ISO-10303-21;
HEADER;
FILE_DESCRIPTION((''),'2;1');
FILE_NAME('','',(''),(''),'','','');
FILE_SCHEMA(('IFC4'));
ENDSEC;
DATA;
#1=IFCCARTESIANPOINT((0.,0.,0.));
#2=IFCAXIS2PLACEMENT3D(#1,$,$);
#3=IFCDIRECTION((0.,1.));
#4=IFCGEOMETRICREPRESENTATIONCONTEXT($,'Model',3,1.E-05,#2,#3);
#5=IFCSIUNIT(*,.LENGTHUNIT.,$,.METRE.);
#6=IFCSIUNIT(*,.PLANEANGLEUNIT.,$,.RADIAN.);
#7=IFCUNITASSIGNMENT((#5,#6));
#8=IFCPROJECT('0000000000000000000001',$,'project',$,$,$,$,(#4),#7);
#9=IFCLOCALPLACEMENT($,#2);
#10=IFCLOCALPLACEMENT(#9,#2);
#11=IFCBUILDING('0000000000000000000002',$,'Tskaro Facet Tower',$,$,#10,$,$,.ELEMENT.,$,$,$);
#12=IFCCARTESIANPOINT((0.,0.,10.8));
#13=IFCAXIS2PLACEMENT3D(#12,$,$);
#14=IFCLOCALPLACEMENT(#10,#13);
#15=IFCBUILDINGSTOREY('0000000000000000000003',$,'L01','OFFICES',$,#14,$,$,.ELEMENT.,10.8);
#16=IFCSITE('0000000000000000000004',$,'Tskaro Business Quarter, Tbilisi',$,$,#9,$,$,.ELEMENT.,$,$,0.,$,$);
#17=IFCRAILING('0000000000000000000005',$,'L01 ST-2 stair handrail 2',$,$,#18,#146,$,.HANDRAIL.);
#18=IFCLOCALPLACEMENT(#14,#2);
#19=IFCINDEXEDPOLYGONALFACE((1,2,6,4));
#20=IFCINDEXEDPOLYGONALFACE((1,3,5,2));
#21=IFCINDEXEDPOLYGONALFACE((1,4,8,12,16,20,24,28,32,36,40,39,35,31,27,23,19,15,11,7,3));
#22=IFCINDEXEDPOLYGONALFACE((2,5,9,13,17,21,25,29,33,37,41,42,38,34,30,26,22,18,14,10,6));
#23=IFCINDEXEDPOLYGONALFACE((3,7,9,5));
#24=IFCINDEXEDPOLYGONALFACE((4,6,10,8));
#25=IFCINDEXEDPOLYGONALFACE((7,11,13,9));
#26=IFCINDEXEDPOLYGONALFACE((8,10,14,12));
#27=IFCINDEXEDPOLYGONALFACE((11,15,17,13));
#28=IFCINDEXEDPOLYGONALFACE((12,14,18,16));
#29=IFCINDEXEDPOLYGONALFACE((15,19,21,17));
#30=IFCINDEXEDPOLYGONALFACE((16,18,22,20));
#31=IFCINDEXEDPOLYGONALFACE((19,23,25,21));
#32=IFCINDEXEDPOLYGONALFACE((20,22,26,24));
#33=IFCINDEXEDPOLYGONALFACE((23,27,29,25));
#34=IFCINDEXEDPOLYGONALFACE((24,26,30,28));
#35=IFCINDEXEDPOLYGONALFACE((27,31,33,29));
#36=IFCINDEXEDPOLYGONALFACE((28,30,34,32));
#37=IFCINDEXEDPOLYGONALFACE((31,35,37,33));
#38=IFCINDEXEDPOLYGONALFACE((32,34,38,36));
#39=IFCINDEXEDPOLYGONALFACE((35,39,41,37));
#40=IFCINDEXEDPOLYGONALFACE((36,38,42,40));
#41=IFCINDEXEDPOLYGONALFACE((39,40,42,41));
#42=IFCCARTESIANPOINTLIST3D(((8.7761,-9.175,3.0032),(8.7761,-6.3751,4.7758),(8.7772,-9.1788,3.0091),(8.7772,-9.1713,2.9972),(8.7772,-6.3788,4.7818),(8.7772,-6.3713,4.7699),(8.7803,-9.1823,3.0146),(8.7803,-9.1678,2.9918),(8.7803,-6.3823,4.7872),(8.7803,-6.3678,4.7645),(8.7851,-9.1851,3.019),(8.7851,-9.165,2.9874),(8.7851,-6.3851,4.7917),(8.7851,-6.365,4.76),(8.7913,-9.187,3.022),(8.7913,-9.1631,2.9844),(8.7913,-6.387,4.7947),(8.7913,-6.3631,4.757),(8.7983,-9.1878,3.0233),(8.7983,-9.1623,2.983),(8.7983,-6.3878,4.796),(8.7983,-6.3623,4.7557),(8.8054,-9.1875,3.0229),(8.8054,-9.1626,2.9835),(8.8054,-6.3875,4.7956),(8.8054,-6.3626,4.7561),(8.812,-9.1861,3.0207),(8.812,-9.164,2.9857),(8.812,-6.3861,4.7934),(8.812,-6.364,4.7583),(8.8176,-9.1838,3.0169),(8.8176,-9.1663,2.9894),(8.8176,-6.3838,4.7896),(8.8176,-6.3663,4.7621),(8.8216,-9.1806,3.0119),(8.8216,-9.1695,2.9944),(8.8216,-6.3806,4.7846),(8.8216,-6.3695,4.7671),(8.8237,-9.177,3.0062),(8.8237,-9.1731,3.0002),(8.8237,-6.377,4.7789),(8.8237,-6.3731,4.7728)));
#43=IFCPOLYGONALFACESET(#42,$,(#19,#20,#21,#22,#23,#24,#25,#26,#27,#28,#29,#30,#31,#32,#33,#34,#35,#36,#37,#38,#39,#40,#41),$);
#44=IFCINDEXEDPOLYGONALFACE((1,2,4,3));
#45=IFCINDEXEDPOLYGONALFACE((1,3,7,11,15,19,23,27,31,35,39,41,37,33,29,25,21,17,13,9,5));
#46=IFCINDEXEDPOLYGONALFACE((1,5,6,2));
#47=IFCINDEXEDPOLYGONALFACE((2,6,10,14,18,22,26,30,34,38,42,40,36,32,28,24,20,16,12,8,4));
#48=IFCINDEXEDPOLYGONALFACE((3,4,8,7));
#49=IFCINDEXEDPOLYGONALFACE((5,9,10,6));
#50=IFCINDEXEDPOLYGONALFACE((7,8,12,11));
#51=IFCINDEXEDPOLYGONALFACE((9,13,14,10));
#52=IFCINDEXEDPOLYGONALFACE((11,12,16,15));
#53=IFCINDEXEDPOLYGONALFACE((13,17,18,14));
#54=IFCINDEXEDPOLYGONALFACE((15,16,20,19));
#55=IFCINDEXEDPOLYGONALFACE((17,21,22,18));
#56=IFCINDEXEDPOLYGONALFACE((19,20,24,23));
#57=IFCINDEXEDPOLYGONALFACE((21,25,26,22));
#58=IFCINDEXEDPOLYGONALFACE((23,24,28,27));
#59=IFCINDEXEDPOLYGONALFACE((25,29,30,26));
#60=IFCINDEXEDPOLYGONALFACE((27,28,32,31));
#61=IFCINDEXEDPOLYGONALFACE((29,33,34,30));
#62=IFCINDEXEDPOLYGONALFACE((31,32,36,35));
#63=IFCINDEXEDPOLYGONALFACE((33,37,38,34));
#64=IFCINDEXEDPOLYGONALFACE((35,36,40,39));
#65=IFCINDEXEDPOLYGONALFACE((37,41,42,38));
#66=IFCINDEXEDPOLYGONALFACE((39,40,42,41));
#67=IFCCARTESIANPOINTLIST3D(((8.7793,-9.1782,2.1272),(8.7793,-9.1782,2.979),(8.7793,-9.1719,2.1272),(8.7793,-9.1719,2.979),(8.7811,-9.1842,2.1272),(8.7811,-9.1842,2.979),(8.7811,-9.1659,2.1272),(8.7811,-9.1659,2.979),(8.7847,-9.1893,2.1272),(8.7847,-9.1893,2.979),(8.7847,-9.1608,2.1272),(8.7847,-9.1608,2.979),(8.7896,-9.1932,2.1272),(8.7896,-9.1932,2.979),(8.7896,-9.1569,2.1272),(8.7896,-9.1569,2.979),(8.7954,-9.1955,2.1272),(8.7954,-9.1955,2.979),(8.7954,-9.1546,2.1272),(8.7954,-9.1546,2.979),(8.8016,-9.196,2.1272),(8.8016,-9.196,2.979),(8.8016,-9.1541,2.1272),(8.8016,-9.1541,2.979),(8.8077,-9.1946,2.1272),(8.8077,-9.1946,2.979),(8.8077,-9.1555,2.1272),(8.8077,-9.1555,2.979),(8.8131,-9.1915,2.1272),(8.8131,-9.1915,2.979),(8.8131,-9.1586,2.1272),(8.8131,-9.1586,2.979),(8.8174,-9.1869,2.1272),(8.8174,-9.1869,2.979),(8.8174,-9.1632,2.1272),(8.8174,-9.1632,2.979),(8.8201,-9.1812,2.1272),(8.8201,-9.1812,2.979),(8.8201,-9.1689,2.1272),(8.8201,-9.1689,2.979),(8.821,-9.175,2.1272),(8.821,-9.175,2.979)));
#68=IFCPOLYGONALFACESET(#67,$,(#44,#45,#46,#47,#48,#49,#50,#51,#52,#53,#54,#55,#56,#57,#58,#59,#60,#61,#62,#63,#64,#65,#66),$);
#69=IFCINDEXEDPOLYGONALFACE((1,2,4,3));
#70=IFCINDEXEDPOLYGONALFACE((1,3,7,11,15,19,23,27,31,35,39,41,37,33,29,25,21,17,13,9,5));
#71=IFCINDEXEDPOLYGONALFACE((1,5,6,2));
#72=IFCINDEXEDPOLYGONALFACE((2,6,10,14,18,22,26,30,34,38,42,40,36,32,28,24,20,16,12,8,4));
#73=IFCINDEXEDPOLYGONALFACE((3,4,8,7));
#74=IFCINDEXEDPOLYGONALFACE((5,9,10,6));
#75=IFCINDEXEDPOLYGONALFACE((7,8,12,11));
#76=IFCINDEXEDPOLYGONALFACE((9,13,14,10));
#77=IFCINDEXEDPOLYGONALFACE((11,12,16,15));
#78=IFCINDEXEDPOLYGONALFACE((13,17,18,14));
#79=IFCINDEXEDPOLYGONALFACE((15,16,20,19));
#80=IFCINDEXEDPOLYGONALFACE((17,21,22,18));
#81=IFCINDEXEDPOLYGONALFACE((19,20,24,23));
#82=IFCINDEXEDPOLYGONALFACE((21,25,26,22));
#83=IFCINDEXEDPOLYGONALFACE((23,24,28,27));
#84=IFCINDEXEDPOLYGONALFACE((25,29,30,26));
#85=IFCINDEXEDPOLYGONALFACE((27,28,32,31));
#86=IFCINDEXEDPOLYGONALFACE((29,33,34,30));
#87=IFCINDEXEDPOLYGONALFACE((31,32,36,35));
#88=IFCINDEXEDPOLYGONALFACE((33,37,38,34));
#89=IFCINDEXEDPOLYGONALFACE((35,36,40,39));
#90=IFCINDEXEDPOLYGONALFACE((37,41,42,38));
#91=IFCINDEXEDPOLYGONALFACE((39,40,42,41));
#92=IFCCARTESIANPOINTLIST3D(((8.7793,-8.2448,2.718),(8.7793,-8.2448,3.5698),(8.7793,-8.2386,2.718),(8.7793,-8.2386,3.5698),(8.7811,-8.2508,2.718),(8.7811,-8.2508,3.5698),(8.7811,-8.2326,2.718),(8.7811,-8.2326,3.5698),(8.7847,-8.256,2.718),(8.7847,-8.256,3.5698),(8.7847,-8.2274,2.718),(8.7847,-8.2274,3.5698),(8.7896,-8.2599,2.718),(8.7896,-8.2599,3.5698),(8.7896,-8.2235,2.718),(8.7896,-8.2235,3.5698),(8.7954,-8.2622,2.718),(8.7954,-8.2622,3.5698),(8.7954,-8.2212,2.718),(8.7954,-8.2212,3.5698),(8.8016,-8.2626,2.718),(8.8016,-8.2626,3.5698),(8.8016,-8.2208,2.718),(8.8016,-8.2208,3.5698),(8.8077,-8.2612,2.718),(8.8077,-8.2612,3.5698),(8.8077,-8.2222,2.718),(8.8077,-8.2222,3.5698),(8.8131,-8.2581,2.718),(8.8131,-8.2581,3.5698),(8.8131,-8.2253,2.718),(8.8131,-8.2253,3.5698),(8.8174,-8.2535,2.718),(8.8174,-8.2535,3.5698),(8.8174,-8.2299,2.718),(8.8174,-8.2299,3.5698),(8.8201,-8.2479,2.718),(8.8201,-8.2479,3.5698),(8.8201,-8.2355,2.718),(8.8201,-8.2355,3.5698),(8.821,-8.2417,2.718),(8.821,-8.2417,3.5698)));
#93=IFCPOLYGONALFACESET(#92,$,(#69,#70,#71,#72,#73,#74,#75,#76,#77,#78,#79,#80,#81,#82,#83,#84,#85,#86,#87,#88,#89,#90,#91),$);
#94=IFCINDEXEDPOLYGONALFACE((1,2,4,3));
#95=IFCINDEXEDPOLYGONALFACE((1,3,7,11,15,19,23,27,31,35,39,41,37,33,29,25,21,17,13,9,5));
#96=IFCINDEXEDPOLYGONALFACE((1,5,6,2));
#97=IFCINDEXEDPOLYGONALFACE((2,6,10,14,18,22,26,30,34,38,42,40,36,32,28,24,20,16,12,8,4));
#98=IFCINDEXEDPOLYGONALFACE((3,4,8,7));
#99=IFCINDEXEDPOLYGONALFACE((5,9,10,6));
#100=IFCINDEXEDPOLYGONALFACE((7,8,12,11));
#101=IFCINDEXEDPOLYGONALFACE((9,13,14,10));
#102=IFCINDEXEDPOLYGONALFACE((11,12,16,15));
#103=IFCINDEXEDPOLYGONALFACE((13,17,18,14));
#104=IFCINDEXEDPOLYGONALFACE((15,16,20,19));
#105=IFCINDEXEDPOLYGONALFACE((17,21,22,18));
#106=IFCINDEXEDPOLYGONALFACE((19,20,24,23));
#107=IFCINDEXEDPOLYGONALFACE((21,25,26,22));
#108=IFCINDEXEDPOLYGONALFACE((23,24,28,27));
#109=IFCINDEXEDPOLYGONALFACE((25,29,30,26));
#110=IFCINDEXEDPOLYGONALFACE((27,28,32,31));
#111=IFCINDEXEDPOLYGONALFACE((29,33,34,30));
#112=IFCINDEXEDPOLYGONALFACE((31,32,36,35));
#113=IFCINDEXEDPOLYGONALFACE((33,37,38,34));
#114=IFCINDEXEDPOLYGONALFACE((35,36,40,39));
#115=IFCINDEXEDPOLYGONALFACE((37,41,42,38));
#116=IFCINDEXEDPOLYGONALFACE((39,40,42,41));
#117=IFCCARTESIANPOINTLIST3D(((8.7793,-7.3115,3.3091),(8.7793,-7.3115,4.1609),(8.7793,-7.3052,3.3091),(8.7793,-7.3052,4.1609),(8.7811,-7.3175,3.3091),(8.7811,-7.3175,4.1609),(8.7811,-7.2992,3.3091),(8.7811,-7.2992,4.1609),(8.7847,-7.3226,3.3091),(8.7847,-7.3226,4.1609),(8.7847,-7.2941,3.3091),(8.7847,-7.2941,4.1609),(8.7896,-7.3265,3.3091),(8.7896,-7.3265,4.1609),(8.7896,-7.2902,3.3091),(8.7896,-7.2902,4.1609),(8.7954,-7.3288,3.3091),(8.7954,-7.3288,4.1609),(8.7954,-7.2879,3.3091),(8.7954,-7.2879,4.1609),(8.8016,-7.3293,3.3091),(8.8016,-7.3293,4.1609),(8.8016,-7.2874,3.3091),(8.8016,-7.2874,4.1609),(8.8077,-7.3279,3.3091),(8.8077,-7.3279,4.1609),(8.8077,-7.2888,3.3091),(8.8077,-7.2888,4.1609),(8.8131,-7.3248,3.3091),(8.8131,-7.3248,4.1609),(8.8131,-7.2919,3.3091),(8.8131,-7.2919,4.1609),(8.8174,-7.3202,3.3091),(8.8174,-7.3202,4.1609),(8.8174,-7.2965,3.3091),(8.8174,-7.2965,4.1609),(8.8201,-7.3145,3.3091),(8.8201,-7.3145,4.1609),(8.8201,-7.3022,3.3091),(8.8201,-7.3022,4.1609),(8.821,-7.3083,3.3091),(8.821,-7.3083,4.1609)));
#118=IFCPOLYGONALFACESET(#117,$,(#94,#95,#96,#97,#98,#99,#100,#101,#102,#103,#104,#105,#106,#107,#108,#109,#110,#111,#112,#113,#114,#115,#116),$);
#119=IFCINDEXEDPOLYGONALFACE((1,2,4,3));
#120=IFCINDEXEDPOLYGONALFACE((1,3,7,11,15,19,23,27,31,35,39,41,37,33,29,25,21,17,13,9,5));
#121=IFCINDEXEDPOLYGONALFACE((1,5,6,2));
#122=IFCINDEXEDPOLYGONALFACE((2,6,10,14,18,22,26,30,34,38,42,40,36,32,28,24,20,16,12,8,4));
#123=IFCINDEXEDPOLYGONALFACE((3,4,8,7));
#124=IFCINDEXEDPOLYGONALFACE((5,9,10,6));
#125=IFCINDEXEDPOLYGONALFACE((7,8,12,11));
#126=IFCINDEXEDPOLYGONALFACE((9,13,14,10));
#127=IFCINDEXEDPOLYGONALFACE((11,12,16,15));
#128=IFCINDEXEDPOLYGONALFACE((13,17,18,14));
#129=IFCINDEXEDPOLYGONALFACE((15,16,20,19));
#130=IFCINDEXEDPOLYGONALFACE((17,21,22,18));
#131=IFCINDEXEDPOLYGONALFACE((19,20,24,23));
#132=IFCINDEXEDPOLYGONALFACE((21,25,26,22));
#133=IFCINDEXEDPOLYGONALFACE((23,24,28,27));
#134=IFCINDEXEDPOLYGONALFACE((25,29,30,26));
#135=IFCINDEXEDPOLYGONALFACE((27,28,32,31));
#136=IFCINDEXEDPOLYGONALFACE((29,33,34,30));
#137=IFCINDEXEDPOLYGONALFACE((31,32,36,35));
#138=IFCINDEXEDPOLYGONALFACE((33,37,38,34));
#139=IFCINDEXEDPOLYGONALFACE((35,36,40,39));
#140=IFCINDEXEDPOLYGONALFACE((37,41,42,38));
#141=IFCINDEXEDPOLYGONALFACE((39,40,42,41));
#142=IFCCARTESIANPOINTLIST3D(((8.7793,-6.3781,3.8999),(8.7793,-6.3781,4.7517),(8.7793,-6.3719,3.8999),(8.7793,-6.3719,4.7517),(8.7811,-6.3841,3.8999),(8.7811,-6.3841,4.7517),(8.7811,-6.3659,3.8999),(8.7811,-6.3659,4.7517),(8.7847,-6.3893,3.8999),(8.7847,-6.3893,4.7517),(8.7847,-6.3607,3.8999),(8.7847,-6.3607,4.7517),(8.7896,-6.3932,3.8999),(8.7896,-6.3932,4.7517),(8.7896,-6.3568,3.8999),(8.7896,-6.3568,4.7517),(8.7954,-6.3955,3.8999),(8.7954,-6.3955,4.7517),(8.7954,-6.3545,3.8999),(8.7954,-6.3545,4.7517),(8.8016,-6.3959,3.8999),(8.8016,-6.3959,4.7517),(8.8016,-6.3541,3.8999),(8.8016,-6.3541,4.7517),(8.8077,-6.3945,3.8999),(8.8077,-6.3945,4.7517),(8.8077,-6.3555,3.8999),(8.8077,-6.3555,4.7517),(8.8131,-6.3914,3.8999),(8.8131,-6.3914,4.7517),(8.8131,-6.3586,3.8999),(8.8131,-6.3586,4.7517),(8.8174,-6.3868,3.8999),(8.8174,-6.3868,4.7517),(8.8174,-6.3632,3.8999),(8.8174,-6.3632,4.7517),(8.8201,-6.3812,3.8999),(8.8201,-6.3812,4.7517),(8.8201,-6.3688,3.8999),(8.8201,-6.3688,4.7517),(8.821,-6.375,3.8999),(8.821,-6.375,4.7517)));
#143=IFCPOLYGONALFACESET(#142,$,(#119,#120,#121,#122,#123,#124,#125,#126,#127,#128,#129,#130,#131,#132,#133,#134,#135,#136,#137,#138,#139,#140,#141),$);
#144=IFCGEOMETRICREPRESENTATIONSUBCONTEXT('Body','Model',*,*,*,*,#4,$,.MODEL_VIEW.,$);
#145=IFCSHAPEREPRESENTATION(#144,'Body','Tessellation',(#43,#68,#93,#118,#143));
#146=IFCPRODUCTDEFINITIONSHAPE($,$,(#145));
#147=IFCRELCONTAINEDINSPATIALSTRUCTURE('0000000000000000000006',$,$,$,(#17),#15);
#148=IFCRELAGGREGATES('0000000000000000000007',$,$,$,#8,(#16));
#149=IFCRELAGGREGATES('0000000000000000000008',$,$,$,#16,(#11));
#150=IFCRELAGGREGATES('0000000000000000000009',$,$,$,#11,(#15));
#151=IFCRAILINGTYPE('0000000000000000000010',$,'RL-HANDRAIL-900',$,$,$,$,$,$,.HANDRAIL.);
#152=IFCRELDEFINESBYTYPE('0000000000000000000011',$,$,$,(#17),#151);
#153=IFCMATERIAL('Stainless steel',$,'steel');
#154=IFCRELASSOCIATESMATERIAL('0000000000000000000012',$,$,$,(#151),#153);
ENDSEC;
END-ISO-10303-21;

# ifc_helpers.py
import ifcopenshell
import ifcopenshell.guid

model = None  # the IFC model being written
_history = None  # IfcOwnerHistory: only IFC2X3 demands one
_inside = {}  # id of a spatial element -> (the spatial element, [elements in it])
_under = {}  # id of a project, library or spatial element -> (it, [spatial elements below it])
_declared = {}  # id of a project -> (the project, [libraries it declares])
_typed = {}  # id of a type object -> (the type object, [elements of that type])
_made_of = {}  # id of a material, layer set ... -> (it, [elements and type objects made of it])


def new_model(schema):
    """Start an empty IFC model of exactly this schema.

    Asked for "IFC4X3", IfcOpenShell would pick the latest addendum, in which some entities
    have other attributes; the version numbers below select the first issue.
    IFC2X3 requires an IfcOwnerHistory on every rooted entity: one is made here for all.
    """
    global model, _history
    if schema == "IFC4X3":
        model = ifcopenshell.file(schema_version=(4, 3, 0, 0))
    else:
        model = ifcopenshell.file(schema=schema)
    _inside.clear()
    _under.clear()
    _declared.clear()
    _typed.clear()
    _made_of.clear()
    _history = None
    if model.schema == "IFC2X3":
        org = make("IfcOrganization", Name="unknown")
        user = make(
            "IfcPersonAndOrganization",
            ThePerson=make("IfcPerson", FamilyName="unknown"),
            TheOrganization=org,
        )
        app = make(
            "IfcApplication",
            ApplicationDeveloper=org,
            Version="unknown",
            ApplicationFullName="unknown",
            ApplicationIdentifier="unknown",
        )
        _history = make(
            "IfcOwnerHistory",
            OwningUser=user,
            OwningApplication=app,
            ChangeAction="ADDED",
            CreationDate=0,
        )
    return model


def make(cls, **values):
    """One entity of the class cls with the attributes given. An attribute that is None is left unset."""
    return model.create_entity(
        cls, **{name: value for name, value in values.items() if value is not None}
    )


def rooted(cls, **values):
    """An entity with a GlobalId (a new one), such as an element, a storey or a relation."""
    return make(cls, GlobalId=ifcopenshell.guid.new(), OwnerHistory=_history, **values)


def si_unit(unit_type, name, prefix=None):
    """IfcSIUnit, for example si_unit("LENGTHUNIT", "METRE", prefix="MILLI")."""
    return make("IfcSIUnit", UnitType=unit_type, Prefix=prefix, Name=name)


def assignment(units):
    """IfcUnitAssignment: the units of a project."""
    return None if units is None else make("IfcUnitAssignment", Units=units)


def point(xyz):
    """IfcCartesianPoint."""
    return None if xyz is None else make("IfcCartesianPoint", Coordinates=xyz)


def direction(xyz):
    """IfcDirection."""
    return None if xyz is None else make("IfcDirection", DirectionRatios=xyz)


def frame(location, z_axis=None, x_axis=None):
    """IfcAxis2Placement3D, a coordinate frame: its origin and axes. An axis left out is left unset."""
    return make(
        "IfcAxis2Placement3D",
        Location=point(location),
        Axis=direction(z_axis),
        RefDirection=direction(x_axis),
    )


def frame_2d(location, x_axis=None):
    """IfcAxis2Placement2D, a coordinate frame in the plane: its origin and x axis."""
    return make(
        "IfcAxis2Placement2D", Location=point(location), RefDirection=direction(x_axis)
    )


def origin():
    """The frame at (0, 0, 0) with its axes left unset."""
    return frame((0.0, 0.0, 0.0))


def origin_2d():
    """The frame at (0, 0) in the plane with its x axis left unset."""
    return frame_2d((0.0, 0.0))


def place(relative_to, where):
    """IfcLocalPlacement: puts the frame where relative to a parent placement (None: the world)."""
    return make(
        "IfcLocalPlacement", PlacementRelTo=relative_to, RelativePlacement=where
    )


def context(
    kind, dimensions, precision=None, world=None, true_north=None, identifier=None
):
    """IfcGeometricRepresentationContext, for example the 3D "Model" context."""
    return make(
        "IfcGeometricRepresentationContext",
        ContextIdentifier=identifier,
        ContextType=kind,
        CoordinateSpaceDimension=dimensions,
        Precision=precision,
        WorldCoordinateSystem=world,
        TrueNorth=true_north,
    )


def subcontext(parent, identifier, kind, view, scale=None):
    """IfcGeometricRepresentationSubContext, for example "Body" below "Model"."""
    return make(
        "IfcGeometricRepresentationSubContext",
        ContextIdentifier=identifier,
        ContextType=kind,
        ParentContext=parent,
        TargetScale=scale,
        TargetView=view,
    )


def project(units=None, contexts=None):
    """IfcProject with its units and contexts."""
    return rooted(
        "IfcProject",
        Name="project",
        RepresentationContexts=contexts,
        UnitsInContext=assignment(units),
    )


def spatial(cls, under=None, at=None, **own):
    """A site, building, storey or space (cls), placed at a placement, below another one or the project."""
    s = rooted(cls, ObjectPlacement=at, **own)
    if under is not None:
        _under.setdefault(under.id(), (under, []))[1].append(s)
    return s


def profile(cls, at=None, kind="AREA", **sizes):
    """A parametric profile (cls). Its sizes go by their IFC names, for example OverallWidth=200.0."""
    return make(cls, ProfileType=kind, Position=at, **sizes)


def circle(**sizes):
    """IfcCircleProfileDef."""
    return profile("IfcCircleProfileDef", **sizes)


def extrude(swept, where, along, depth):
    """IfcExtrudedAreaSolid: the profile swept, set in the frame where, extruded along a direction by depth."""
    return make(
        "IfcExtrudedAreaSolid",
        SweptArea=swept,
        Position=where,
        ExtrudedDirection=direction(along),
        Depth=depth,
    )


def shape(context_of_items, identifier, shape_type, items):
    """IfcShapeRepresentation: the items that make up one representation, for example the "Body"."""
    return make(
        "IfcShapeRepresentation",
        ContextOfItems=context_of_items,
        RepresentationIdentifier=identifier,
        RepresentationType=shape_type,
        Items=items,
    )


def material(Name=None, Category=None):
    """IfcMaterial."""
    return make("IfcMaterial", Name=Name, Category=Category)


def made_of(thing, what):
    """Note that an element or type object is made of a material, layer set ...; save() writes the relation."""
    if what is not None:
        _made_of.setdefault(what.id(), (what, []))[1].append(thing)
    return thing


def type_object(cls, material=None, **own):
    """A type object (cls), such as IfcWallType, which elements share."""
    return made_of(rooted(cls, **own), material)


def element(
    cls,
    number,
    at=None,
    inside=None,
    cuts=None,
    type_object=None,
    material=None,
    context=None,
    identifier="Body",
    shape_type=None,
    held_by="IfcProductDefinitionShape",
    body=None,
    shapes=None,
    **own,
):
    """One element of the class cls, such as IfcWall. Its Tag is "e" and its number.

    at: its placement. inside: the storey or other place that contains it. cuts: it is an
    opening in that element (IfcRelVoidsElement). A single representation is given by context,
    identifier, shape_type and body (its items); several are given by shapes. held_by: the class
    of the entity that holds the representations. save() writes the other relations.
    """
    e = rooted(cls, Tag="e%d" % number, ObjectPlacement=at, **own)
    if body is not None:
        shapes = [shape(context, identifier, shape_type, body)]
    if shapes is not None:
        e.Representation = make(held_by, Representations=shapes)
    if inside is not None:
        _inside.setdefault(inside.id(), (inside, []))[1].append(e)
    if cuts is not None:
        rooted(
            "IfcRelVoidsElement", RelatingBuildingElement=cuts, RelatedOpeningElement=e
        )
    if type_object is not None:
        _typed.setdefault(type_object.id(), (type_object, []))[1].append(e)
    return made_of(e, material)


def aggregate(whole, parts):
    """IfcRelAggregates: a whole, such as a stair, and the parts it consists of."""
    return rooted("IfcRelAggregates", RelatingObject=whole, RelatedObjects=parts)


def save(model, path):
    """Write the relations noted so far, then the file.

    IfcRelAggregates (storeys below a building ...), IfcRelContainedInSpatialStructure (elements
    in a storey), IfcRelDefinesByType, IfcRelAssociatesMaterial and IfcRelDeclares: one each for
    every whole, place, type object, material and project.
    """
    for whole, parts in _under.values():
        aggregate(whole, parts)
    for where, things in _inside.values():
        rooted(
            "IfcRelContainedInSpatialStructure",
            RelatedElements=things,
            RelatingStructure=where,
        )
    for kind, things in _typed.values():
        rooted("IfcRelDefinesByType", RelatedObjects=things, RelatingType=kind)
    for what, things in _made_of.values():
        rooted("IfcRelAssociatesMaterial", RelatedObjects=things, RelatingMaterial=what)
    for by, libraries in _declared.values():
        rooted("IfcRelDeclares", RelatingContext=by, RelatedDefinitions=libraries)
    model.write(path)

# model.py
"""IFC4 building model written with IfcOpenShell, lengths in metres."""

from ifc_helpers import new_model, si_unit, direction, frame, origin, origin_2d, place, context, subcontext, project, spatial, circle, extrude, material, type_object, element, save


model = new_model("IFC4")

# Units and contexts
model_context = context("Model", 3, precision=1e-05, world=origin(), true_north=direction((0.0, 1.0)))
body_context = subcontext(model_context, "Body", "Model", "MODEL_VIEW")
ifc_project = project(units=[si_unit("LENGTHUNIT", "METRE"), si_unit("PLANEANGLEUNIT", "RADIAN")], contexts=[model_context])

# Site, building, storey
site_placement = place(None, origin())
site = spatial("IfcSite", under=ifc_project, at=site_placement, Name="Tskaro Business Quarter, Tbilisi", CompositionType="ELEMENT", RefElevation=0.0)
building_placement = place(site_placement, origin())
building = spatial("IfcBuilding", under=site, at=building_placement, Name="Tskaro Facet Tower", CompositionType="ELEMENT")
storey_placement = place(building_placement, frame((0.0, 0.0, 10.8)))
storey = spatial("IfcBuildingStorey", under=building, at=storey_placement, Name="L01", Description="OFFICES", CompositionType="ELEMENT", Elevation=10.8)

# Railing
ifc_material_1 = material(Name="Stainless steel", Category="steel")
railing_type_1 = type_object("IfcRailingType", Name="RL-HANDRAIL-900", PredefinedType="HANDRAIL", material=ifc_material_1)
railing_1_placement = place(storey_placement, frame((8.8, -9.175, 2.1272)))
element("IfcRailing", 1, at=railing_1_placement, inside=storey, type_object=railing_type_1, Name="L01 ST-2 stair handrail 2", PredefinedType="HANDRAIL", context=body_context, shape_type="SweptSolid", body=[
    extrude(circle(Radius=0.0239, at=origin_2d()), frame((0.0, 0.0, 0.876), z_axis=(0.0, 0.844909, 0.53491), x_axis=(-1.0, 0.0, 0.0)), (0.0, 0.0, 1.0), 3.314),
    extrude(circle(Radius=0.021, at=origin_2d()), origin(), (0.0, 0.0, 1.0), 0.8518),
    extrude(circle(Radius=0.021, at=origin_2d()), frame((0.0, 0.9333, 0.5908)), (0.0, 0.0, 1.0), 0.8518),
    extrude(circle(Radius=0.021, at=origin_2d()), frame((0.0, 1.8667, 1.1819)), (0.0, 0.0, 1.0), 0.8518),
    extrude(circle(Radius=0.021, at=origin_2d()), frame((0.0, 2.8, 1.7727)), (0.0, 0.0, 1.0), 0.8518),
])

save(model, "model.ifc")
